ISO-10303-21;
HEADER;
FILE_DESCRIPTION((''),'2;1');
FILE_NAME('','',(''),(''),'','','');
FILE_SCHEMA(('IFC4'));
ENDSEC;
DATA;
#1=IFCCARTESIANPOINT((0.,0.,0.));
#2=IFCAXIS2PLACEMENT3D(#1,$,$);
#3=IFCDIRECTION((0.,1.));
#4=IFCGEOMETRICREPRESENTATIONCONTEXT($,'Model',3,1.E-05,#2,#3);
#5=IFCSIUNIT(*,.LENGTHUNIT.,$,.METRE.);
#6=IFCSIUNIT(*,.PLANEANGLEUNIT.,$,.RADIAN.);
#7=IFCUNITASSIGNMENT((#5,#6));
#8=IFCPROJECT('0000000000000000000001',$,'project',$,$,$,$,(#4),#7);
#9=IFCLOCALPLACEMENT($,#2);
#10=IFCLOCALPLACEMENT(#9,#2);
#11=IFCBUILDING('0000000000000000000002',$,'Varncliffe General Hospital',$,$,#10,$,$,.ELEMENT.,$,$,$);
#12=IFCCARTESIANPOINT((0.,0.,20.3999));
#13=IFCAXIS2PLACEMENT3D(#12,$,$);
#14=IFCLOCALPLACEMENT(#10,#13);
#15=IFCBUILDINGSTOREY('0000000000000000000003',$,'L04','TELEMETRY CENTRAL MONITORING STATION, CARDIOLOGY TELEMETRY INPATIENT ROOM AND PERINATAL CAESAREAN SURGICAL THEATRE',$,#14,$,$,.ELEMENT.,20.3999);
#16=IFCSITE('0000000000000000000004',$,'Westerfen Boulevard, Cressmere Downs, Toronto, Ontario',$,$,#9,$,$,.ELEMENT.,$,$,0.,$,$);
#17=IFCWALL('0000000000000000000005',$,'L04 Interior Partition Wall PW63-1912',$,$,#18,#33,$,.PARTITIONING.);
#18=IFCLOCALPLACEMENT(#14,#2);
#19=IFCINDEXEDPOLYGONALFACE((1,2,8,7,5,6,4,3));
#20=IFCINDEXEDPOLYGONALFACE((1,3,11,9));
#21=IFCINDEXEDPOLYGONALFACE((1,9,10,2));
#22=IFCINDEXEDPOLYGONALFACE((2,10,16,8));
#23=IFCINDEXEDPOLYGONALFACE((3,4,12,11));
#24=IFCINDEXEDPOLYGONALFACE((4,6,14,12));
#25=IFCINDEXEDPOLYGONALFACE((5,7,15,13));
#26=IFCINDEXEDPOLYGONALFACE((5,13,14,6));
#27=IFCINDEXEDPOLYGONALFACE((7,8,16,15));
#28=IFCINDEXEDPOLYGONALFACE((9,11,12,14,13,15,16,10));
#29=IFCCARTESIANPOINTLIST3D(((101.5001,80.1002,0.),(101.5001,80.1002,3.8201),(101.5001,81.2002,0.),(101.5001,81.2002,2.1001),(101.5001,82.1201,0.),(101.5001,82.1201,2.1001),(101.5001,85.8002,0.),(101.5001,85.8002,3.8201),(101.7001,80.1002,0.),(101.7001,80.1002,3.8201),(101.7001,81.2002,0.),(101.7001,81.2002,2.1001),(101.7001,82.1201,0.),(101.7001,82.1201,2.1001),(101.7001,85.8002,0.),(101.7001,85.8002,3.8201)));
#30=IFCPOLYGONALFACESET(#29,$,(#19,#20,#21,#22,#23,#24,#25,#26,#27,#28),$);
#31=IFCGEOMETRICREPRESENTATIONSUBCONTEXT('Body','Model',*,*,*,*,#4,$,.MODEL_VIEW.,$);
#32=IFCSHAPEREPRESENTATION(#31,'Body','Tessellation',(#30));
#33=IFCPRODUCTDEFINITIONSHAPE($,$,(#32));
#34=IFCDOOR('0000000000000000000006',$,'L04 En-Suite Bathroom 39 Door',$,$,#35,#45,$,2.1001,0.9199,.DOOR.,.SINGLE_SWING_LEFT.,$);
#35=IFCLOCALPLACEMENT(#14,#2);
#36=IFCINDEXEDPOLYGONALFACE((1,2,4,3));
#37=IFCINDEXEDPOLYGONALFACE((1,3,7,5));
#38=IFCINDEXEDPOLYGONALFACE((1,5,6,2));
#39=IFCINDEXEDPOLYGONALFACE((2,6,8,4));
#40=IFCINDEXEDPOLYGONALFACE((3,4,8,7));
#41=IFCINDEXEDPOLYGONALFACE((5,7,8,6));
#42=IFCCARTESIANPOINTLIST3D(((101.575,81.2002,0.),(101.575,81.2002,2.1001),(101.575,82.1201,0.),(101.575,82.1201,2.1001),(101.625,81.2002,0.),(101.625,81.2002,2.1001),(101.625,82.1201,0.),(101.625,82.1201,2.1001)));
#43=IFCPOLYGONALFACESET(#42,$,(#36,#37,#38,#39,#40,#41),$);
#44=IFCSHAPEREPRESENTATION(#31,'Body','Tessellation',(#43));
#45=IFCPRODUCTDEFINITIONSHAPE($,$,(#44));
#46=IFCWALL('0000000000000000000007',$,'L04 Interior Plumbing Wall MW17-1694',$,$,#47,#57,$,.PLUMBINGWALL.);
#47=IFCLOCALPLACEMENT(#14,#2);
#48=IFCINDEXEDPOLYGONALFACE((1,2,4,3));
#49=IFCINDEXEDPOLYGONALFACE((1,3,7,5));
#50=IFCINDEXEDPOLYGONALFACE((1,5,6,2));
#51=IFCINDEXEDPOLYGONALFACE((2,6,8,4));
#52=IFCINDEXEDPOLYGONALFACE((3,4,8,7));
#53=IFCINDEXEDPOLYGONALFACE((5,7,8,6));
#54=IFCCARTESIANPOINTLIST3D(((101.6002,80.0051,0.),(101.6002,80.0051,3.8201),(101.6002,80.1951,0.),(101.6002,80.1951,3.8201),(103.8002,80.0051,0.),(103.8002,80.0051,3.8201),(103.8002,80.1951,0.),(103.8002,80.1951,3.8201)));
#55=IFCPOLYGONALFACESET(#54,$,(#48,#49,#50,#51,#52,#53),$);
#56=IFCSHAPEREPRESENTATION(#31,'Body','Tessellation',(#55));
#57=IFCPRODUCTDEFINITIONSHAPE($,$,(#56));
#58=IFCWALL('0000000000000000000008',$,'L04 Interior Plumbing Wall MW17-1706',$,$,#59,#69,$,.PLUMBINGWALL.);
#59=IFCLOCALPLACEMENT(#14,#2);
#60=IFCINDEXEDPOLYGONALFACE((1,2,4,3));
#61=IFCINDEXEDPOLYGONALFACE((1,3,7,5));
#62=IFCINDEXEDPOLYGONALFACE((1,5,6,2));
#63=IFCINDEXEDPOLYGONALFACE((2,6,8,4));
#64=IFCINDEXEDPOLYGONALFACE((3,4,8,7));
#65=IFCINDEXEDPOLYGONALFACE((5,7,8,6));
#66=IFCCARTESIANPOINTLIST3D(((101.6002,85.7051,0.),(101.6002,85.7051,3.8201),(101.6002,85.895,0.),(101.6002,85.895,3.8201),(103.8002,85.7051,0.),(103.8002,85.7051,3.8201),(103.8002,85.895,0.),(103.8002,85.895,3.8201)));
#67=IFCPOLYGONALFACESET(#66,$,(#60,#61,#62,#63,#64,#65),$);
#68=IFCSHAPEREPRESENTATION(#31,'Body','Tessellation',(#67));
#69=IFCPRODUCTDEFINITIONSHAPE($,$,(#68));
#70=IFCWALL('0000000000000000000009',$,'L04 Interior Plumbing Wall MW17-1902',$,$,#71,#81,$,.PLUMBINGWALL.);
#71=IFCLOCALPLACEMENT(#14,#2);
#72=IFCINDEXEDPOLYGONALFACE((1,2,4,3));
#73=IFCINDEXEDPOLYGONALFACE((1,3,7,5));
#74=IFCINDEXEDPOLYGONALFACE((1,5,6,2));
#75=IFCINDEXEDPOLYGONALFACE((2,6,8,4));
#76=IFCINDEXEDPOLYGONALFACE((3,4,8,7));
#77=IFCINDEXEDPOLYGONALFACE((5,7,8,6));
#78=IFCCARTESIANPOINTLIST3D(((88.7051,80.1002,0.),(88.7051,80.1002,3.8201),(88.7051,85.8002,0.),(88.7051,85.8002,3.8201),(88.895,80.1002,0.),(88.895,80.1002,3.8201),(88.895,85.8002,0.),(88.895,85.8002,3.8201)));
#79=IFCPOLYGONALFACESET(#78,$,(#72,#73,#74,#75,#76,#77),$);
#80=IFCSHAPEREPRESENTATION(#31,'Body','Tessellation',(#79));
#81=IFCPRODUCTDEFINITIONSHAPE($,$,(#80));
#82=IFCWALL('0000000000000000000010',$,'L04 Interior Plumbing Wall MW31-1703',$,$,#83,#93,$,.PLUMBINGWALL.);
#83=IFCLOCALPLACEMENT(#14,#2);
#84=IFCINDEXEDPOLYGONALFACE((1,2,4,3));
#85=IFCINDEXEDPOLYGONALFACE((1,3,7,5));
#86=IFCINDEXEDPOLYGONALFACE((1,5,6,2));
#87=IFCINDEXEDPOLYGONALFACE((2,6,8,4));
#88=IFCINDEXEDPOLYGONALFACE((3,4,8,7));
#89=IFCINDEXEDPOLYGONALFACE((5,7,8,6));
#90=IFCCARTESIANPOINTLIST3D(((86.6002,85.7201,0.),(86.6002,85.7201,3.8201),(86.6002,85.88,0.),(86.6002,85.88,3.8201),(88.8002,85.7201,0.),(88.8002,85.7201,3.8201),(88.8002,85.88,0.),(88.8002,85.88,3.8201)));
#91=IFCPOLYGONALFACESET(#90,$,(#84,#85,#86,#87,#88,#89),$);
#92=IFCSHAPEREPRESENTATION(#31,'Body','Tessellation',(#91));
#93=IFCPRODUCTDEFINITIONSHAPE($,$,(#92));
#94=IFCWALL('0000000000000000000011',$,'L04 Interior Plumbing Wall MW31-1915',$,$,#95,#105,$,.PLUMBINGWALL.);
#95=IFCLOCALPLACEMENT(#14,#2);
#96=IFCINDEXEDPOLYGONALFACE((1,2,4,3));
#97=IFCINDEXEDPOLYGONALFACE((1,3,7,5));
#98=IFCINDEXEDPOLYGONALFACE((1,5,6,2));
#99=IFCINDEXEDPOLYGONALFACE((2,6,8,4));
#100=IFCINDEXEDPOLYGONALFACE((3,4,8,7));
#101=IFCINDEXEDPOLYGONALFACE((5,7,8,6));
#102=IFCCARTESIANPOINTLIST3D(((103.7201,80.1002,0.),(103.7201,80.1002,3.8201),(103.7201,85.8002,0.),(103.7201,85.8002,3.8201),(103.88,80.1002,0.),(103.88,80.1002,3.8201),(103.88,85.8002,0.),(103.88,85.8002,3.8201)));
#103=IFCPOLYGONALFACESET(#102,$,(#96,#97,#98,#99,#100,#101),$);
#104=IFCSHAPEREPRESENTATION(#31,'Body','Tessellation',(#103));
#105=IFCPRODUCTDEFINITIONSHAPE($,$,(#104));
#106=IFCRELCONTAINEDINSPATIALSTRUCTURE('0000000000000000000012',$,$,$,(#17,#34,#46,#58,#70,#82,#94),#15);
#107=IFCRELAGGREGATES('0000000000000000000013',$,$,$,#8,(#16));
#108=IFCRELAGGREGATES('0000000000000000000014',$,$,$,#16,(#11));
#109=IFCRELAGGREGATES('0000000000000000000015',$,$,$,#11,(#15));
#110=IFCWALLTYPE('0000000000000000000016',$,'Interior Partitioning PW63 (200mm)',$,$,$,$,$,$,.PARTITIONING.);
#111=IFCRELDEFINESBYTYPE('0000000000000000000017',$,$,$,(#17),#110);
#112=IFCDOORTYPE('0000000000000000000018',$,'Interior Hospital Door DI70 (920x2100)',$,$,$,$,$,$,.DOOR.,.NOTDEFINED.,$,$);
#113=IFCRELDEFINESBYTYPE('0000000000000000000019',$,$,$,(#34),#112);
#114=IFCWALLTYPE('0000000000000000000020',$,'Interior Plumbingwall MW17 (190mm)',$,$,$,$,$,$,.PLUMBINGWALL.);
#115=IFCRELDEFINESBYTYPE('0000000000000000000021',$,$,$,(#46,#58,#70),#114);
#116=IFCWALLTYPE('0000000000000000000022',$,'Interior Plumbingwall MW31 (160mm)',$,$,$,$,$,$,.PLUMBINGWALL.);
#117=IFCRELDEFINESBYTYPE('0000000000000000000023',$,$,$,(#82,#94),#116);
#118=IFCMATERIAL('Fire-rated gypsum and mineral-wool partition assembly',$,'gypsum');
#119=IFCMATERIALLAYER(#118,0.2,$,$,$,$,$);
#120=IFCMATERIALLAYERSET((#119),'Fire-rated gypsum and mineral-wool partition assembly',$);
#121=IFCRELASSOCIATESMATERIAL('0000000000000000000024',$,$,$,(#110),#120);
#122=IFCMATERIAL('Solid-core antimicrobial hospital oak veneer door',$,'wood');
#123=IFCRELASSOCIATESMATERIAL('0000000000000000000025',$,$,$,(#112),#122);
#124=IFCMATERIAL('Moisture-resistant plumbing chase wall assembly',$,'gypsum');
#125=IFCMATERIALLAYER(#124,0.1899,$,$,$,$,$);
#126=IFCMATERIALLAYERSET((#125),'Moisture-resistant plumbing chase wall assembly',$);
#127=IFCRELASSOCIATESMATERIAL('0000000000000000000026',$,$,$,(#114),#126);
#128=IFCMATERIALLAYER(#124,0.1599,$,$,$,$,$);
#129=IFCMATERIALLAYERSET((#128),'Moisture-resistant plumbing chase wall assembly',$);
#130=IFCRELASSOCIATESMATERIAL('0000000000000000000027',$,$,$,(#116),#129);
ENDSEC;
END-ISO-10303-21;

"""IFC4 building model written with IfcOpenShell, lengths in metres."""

from ifc_helpers import new_model, si_unit, direction, frame, frame_2d, origin, place, context, subcontext, project, spatial, rectangle, extrude, material, layer, layer_set, type_object, element, fill, save


model = new_model("IFC4")

# Units and contexts
model_context = context("Model", 3, precision=1e-05, world=origin(), true_north=direction((0.0, 1.0)))
body_context = subcontext(model_context, "Body", "Model", "MODEL_VIEW")
ifc_project = project(units=[si_unit("LENGTHUNIT", "METRE"), si_unit("PLANEANGLEUNIT", "RADIAN")], contexts=[model_context])

# Site, building, storey
site_placement = place(None, origin())
site = spatial("IfcSite", under=ifc_project, at=site_placement, Name="Westerfen Boulevard, Cressmere Downs, Toronto, Ontario", CompositionType="ELEMENT", RefElevation=0.0)
building_placement = place(site_placement, origin())
building = spatial("IfcBuilding", under=site, at=building_placement, Name="Varncliffe General Hospital", CompositionType="ELEMENT")
storey_placement = place(building_placement, frame((0.0, 0.0, 20.3999)))
storey = spatial("IfcBuildingStorey", under=building, at=storey_placement, Name="L04", Description="TELEMETRY CENTRAL MONITORING STATION, CARDIOLOGY TELEMETRY INPATIENT ROOM AND PERINATAL CAESAREAN SURGICAL THEATRE", CompositionType="ELEMENT", Elevation=20.3999)

# Wall, opening, door
ifc_material_1 = material(Name="Fire-rated gypsum and mineral-wool partition assembly", Category="gypsum")
ifc_layer_1 = layer(ifc_material_1, 0.2)
ifc_layer_set_1 = layer_set([ifc_layer_1], Name="Fire-rated gypsum and mineral-wool partition assembly")
wall_type_1 = type_object("IfcWallType", Name="Interior Partitioning PW63 (200mm)", PredefinedType="PARTITIONING", material=ifc_layer_set_1)
ifc_material_2 = material(Name="Solid-core antimicrobial hospital oak veneer door", Category="wood")
door_type_1 = type_object("IfcDoorType", Name="Interior Hospital Door DI70 (920x2100)", OperationType="NOTDEFINED", PredefinedType="DOOR", material=ifc_material_2)
wall_1_placement = place(storey_placement, frame((101.6001, 80.1001, 0.0), z_axis=(0.0, 0.0, 1.0), x_axis=(0.0, 1.0, 0.0)))
wall_1 = element("IfcWall", 1, at=wall_1_placement, inside=storey, type_object=wall_type_1, Name="L04 Interior Partition Wall PW63-1912", PredefinedType="PARTITIONING", context=body_context, shape_type="SweptSolid", body=[
    extrude(rectangle(XDim=5.7, YDim=0.2, at=frame_2d((2.8501, 0.0))), origin(), (0.0, 0.0, 1.0), 3.8201),
])
opening_1_placement = place(wall_1_placement, frame((1.1001, 0.0, 0.0)))
opening_1 = element("IfcOpeningElement", 2, at=opening_1_placement, cuts=wall_1, PredefinedType="OPENING", context=body_context, shape_type="SweptSolid", body=[
    extrude(rectangle(XDim=0.9199, YDim=2.1001, at=frame_2d((0.46, 1.05))), frame((0.0, 0.1099, 0.0), z_axis=(0.0, -1.0, 0.0), x_axis=(1.0, 0.0, 0.0)), (0.0, 0.0, 1.0), 0.22),
])
door_1_placement = place(opening_1_placement, frame((0.9199, 0.0, 0.0), z_axis=(0.0, 0.0, 1.0), x_axis=(-1.0, 0.0, 0.0)))
door_1 = element("IfcDoor", 3, at=door_1_placement, inside=storey, type_object=door_type_1, Name="L04 En-Suite Bathroom 39 Door", OperationType="SINGLE_SWING_LEFT", OverallHeight=2.1001, OverallWidth=0.9199, PredefinedType="DOOR", context=body_context, shape_type="SweptSolid", body=[
    extrude(rectangle(XDim=0.9199, YDim=2.1001, at=frame_2d((0.46, 1.05))), frame((0.0, 0.0249, 0.0), z_axis=(0.0, -1.0, 0.0), x_axis=(1.0, 0.0, 0.0)), (0.0, 0.0, 1.0), 0.05),
])
fill(opening_1, door_1)

# Walls
ifc_material_3 = material(Name="Moisture-resistant plumbing chase wall assembly", Category="gypsum")
ifc_layer_2 = layer(ifc_material_3, 0.1899)
ifc_layer_set_2 = layer_set([ifc_layer_2], Name="Moisture-resistant plumbing chase wall assembly")
wall_type_2 = type_object("IfcWallType", Name="Interior Plumbingwall MW17 (190mm)", PredefinedType="PLUMBINGWALL", material=ifc_layer_set_2)
for number, where, z_axis, x_axis, name in (
    (4, (101.6001, 80.1001, 0.0), (0.0, 0.0, 1.0), (1.0, 0.0, 0.0), "L04 Interior Plumbing Wall MW17-1694"),
    (5, (101.6001, 85.8, 0.0), (0.0, 0.0, 1.0), (1.0, 0.0, 0.0), "L04 Interior Plumbing Wall MW17-1706"),
):
    element("IfcWall", number, at=place(storey_placement, frame(where, z_axis=z_axis, x_axis=x_axis)), inside=storey, type_object=wall_type_2, Name=name, PredefinedType="PLUMBINGWALL", context=body_context, shape_type="SweptSolid", body=[
        extrude(rectangle(XDim=2.2, YDim=0.1899, at=frame_2d((1.1001, 0.0))), origin(), (0.0, 0.0, 1.0), 3.8201),
    ])
wall_2_placement = place(storey_placement, frame((88.8, 80.1001, 0.0), z_axis=(0.0, 0.0, 1.0), x_axis=(0.0, 1.0, 0.0)))
element("IfcWall", 6, at=wall_2_placement, inside=storey, type_object=wall_type_2, Name="L04 Interior Plumbing Wall MW17-1902", PredefinedType="PLUMBINGWALL", context=body_context, shape_type="SweptSolid", body=[
    extrude(rectangle(XDim=5.7, YDim=0.1899, at=frame_2d((2.8501, 0.0))), origin(), (0.0, 0.0, 1.0), 3.8201),
])
ifc_layer_3 = layer(ifc_material_3, 0.1599)
ifc_layer_set_3 = layer_set([ifc_layer_3], Name="Moisture-resistant plumbing chase wall assembly")
wall_type_3 = type_object("IfcWallType", Name="Interior Plumbingwall MW31 (160mm)", PredefinedType="PLUMBINGWALL", material=ifc_layer_set_3)
wall_3_placement = place(storey_placement, frame((86.6001, 85.8, 0.0), z_axis=(0.0, 0.0, 1.0), x_axis=(1.0, 0.0, 0.0)))
element("IfcWall", 7, at=wall_3_placement, inside=storey, type_object=wall_type_3, Name="L04 Interior Plumbing Wall MW31-1703", PredefinedType="PLUMBINGWALL", context=body_context, shape_type="SweptSolid", body=[
    extrude(rectangle(XDim=2.2, YDim=0.1599, at=frame_2d((1.1001, 0.0))), origin(), (0.0, 0.0, 1.0), 3.8201),
])
wall_4_placement = place(storey_placement, frame((103.8, 80.1001, 0.0), z_axis=(0.0, 0.0, 1.0), x_axis=(0.0, 1.0, 0.0)))
element("IfcWall", 8, at=wall_4_placement, inside=storey, type_object=wall_type_3, Name="L04 Interior Plumbing Wall MW31-1915", PredefinedType="PLUMBINGWALL", context=body_context, shape_type="SweptSolid", body=[
    extrude(rectangle(XDim=5.7, YDim=0.1599, at=frame_2d((2.8501, 0.0))), origin(), (0.0, 0.0, 1.0), 3.8201),
])

save(model, "model.ifc")
